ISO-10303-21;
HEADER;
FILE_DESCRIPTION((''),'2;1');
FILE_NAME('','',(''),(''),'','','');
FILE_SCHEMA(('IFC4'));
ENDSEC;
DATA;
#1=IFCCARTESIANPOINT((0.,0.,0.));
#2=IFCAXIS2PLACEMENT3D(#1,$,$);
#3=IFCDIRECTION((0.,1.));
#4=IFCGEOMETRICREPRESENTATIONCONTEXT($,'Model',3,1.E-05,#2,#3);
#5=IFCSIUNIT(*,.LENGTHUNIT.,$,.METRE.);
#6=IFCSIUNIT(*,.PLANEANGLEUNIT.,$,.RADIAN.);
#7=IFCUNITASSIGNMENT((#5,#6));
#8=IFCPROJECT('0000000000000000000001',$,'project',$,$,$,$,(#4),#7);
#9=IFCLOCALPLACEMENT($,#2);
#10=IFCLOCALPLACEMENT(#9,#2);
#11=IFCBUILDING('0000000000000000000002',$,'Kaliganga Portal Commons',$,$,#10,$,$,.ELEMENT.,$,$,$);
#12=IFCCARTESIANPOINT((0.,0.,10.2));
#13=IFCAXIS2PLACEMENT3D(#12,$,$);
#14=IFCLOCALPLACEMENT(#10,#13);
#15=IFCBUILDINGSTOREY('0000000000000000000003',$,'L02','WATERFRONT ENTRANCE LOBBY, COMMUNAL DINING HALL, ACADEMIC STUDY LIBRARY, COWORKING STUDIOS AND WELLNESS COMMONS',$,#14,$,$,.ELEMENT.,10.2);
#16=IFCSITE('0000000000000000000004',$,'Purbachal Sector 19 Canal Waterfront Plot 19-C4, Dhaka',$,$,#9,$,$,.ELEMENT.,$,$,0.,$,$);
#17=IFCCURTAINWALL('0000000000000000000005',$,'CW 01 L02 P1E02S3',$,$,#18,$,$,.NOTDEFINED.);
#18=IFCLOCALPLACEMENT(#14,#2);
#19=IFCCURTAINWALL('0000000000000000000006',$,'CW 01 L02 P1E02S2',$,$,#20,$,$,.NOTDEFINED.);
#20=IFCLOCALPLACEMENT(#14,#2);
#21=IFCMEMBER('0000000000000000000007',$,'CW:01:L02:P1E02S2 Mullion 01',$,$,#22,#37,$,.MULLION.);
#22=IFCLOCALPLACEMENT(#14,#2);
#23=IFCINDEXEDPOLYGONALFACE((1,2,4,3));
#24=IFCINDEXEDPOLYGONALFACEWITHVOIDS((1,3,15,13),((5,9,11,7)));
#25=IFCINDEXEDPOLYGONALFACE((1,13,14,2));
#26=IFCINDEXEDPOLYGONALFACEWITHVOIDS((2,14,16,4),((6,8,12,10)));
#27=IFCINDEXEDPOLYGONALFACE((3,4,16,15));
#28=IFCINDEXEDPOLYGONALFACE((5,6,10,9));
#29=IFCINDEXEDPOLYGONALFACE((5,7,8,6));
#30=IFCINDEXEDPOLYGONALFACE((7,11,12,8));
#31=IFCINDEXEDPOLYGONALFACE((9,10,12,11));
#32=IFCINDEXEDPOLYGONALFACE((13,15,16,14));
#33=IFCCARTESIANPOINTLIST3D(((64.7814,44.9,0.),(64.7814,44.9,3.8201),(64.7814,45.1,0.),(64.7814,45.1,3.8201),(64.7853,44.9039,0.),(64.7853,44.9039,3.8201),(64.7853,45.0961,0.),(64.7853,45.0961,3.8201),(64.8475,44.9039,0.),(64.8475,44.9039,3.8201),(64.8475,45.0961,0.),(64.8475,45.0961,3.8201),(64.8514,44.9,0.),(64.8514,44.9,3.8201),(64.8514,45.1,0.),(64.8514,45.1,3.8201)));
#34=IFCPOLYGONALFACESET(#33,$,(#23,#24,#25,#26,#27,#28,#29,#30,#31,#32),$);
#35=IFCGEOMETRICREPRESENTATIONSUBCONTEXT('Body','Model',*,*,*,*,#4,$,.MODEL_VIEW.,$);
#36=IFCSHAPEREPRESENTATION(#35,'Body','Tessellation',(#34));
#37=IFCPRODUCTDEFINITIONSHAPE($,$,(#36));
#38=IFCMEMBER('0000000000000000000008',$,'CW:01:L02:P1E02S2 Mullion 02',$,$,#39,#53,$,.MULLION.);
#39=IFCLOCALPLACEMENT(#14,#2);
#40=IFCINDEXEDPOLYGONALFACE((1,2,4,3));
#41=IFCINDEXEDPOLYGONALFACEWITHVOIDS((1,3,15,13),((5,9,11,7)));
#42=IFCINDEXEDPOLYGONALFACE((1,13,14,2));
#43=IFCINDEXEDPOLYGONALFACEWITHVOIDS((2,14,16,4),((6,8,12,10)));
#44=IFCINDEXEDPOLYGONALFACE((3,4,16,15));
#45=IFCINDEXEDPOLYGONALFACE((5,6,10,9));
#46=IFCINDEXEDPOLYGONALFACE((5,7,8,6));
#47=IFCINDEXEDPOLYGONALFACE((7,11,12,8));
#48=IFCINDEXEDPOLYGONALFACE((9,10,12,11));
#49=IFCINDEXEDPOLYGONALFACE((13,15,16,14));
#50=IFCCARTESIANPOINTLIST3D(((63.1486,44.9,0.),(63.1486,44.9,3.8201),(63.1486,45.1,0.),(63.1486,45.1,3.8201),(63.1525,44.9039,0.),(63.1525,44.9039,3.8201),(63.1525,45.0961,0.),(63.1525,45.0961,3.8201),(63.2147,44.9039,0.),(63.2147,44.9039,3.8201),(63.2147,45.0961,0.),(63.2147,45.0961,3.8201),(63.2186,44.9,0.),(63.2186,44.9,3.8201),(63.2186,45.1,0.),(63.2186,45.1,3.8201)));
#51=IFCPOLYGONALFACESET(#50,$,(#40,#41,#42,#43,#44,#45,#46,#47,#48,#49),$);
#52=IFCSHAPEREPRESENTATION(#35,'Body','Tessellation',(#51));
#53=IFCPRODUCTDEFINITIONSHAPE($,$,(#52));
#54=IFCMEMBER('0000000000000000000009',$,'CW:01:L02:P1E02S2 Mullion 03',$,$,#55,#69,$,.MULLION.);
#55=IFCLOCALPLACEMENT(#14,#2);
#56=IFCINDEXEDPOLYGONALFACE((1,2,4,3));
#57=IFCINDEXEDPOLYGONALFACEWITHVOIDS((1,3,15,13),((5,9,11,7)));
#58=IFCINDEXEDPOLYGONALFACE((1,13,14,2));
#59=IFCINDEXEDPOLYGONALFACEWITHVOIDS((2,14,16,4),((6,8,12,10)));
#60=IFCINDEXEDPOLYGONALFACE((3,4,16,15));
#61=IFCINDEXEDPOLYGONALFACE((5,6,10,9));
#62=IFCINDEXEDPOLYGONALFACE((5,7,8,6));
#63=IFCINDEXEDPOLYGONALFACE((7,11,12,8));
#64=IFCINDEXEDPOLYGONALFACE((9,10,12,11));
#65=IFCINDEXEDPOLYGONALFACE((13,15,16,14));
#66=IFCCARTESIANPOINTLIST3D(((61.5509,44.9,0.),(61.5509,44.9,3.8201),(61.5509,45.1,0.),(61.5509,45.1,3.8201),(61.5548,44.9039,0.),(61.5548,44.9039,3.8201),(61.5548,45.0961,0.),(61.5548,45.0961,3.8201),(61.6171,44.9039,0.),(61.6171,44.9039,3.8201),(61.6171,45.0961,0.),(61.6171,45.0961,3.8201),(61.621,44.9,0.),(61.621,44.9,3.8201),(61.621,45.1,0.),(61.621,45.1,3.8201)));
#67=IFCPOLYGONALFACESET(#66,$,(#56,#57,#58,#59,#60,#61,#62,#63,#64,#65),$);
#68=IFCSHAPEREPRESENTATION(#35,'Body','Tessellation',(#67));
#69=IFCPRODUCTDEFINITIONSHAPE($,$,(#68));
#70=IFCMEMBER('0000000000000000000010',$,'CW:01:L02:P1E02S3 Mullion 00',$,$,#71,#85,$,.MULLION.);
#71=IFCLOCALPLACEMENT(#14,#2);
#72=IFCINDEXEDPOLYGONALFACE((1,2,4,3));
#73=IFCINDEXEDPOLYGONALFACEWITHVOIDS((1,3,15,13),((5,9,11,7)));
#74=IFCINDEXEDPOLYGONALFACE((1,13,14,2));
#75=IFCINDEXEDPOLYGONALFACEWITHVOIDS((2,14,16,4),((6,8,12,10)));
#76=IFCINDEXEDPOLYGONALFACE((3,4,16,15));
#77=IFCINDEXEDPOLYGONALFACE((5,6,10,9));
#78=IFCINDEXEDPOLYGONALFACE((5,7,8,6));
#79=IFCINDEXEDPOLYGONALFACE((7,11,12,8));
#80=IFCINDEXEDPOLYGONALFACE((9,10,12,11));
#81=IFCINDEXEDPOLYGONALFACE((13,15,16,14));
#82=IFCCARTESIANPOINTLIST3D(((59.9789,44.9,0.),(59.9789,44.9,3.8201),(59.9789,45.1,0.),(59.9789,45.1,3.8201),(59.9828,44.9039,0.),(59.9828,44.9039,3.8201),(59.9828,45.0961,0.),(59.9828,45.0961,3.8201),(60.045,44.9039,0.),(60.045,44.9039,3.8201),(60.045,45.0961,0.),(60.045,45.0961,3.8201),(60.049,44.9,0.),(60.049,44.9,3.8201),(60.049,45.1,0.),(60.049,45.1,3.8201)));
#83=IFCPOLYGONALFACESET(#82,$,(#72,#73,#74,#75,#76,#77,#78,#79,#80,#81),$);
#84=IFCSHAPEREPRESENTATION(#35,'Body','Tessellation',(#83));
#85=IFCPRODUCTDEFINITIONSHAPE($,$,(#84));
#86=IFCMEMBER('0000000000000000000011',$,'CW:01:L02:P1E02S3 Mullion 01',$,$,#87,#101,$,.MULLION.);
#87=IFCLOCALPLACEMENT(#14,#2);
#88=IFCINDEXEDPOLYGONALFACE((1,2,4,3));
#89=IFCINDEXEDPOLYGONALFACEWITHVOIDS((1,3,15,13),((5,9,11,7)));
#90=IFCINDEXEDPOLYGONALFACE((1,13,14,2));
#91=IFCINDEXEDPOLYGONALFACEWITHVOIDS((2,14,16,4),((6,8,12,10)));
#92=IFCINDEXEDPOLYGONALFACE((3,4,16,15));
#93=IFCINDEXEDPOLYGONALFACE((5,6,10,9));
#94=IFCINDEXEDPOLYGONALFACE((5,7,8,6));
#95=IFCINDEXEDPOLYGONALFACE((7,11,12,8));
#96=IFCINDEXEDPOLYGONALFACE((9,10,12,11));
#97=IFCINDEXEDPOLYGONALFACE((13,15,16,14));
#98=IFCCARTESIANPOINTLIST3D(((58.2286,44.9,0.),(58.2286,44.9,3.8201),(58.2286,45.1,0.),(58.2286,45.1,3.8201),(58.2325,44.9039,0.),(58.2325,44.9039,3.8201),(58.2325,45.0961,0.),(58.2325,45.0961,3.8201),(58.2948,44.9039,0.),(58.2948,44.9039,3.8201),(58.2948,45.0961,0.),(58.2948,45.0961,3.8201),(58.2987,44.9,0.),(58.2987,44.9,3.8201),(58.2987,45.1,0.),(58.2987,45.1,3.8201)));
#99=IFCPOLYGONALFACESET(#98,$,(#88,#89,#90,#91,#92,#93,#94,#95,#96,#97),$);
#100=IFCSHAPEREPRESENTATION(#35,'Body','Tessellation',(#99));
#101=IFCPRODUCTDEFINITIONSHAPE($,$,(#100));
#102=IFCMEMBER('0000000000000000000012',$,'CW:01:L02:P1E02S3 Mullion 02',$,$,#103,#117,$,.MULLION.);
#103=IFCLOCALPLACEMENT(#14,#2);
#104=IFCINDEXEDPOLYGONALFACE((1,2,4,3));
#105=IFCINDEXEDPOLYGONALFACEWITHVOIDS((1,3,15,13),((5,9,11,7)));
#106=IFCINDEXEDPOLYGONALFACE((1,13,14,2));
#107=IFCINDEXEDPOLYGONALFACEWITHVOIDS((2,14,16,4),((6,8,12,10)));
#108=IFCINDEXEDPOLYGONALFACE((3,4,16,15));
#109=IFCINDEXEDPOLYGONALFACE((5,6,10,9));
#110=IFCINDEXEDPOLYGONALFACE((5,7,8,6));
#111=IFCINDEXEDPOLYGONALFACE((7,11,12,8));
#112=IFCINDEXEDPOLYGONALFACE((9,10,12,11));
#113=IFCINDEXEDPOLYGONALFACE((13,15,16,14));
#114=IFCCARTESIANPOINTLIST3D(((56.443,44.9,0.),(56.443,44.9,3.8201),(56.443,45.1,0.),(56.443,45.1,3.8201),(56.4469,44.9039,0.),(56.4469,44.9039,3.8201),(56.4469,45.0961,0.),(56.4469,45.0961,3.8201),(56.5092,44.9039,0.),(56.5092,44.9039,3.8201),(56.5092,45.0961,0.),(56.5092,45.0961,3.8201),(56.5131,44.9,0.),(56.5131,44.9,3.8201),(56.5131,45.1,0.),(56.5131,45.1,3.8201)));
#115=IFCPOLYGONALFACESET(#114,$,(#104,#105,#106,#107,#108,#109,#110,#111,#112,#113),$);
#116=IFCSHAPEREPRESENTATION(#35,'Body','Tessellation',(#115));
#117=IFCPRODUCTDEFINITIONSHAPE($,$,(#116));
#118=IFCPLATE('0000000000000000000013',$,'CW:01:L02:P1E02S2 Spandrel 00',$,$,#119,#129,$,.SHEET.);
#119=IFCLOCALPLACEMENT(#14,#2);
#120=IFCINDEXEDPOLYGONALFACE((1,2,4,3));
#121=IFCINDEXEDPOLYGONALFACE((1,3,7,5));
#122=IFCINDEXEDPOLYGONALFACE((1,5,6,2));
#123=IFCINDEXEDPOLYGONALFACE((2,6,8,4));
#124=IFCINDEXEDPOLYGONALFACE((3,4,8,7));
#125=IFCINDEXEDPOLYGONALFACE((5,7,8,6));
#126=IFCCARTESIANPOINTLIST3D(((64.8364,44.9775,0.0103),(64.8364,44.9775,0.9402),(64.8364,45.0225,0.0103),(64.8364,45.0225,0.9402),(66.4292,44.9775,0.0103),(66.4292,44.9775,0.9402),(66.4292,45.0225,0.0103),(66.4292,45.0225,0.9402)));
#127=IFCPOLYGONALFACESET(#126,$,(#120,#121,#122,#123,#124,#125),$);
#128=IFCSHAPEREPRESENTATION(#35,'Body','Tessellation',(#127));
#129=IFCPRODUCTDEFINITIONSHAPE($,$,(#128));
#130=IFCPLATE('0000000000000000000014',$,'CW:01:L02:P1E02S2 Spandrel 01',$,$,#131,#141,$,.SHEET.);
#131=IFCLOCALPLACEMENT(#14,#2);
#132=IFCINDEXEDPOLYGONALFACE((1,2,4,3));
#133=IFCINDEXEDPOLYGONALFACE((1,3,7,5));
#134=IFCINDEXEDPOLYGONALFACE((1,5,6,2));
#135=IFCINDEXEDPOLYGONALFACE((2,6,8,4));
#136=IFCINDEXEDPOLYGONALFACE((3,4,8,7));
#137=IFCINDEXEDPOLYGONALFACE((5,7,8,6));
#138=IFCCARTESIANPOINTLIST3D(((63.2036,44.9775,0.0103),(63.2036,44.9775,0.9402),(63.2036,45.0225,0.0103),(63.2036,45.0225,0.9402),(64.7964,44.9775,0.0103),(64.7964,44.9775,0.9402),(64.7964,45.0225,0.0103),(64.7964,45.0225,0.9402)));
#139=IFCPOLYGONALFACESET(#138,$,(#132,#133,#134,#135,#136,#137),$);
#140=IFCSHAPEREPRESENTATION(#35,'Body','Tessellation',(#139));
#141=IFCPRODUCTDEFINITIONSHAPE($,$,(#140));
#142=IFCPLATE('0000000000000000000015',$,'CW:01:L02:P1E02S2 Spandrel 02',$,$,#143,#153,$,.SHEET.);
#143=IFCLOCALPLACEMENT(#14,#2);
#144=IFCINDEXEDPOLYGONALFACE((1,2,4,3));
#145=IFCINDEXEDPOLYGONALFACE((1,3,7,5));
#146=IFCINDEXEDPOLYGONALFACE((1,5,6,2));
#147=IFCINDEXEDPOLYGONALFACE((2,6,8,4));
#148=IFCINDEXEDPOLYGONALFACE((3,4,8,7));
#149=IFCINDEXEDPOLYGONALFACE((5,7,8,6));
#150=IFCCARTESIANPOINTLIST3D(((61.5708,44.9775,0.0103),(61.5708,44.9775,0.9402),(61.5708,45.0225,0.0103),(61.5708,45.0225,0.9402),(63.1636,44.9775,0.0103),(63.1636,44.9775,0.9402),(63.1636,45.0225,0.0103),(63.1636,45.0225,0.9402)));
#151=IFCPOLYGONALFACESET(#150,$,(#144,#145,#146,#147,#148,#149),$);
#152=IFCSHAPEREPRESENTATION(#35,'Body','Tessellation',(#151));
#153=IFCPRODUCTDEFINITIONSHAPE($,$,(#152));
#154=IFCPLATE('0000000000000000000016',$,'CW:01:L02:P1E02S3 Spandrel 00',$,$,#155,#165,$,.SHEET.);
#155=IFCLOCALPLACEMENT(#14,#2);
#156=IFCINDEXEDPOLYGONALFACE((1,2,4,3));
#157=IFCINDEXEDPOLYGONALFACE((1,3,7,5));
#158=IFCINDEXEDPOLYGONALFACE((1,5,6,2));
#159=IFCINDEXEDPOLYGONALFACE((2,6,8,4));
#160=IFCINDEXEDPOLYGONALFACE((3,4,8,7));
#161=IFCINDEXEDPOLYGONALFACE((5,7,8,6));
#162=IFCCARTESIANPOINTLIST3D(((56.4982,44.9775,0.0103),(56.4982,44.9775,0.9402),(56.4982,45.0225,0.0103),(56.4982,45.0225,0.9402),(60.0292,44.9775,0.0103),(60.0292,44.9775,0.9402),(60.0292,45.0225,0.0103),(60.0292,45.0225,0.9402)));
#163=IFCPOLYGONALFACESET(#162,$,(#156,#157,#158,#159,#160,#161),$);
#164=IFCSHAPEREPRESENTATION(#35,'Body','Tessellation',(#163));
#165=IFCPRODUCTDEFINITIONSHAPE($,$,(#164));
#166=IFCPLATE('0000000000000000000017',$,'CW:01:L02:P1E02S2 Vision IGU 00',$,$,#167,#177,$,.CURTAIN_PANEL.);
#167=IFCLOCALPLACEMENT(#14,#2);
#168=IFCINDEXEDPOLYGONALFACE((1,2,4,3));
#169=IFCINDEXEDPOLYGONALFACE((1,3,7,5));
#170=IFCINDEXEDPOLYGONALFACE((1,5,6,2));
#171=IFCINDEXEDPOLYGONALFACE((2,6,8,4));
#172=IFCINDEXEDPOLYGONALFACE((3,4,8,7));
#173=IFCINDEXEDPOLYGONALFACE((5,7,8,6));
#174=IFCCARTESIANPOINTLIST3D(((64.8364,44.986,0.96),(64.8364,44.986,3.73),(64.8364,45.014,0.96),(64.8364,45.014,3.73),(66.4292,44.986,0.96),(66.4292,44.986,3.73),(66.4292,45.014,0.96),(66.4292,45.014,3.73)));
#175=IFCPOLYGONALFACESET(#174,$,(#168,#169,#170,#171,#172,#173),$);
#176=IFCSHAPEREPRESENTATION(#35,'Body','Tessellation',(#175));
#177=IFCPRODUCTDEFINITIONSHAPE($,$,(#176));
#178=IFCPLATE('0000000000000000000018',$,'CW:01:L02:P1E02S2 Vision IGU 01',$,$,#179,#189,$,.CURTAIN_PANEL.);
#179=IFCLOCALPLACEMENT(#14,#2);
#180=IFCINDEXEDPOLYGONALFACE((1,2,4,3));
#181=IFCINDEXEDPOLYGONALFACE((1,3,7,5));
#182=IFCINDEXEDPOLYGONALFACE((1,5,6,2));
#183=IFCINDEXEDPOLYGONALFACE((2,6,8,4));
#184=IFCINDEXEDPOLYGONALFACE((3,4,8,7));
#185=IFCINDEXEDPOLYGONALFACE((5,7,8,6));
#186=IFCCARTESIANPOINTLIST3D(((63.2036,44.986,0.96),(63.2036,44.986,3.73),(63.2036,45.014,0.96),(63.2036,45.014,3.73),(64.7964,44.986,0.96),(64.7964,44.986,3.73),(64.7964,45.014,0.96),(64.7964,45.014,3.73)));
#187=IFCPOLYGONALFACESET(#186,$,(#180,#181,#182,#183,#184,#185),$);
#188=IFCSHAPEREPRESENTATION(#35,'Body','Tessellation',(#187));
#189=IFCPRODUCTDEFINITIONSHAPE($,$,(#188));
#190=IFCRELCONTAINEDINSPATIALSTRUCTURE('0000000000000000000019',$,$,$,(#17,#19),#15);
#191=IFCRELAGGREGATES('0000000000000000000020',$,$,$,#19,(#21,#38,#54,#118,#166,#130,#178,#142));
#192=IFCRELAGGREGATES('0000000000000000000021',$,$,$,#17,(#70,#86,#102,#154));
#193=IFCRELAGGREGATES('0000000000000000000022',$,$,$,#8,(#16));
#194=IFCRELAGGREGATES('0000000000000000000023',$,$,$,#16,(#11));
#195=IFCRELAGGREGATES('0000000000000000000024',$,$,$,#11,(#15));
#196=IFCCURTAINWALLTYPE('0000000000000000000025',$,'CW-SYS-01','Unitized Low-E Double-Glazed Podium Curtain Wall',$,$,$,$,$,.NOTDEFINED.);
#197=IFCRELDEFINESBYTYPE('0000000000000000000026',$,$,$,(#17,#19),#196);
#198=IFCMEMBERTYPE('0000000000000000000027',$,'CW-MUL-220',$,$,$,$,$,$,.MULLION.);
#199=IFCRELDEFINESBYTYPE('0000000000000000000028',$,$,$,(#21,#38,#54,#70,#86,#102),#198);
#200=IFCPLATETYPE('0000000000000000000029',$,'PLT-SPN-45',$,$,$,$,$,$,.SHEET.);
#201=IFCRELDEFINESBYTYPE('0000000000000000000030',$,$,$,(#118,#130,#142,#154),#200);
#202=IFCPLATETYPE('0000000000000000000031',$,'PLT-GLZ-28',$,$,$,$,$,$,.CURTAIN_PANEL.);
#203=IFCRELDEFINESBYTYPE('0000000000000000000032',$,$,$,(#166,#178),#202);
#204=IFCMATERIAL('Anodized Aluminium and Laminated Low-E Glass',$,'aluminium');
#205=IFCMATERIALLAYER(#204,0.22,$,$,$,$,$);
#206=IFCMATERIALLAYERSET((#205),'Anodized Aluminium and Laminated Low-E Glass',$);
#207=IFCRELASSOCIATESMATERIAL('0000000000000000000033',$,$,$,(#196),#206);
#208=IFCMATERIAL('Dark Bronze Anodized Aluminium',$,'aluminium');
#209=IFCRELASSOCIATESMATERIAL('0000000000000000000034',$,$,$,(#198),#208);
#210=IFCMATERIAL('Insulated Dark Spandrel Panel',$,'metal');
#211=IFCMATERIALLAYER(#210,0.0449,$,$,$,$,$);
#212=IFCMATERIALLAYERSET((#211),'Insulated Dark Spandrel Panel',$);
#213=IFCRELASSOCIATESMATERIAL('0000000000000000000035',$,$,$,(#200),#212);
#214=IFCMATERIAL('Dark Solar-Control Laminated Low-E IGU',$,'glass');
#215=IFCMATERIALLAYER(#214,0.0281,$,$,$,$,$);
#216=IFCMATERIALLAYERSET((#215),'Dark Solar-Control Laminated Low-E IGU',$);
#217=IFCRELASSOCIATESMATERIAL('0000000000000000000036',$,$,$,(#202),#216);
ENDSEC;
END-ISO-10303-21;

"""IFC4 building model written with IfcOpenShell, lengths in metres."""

from ifc_helpers import new_model, si_unit, direction, frame, origin, origin_2d, place, context, subcontext, project, spatial, rectangle, hollow_rectangle, extrude, source, transform, mapped, material, layer, layer_set, material_profile, profile_set, type_object, element, aggregate, save


model = new_model("IFC4")

# Units and contexts
model_context = context("Model", 3, precision=1e-05, world=origin(), true_north=direction((0.0, 1.0)))
body_context = subcontext(model_context, "Body", "Model", "MODEL_VIEW")
ifc_project = project(units=[si_unit("LENGTHUNIT", "METRE"), si_unit("PLANEANGLEUNIT", "RADIAN")], contexts=[model_context])

# Site, building, storey
site_placement = place(None, origin())
site = spatial("IfcSite", under=ifc_project, at=site_placement, Name="Purbachal Sector 19 Canal Waterfront Plot 19-C4, Dhaka", CompositionType="ELEMENT", RefElevation=0.0)
building_placement = place(site_placement, origin())
building = spatial("IfcBuilding", under=site, at=building_placement, Name="Kaliganga Portal Commons", CompositionType="ELEMENT")
storey_placement = place(building_placement, frame((0.0, 0.0, 10.2)))
storey = spatial("IfcBuildingStorey", under=building, at=storey_placement, Name="L02", Description="WATERFRONT ENTRANCE LOBBY, COMMUNAL DINING HALL, ACADEMIC STUDY LIBRARY, COWORKING STUDIOS AND WELLNESS COMMONS", CompositionType="ELEMENT", Elevation=10.2)

# Curtain walls, members
ifc_material_1 = material(Name="Anodized Aluminium and Laminated Low-E Glass", Category="aluminium")
ifc_layer_1 = layer(ifc_material_1, 0.22)
ifc_layer_set_1 = layer_set([ifc_layer_1], Name="Anodized Aluminium and Laminated Low-E Glass")
curtain_wall_type = type_object("IfcCurtainWallType", Name="CW-SYS-01", Description="Unitized Low-E Double-Glazed Podium Curtain Wall", PredefinedType="NOTDEFINED", material=ifc_layer_set_1)
curtain_wall_1_placement = place(storey_placement, origin())
curtain_wall_1 = element("IfcCurtainWall", 1, at=curtain_wall_1_placement, inside=storey, type_object=curtain_wall_type, Name="CW 01 L02 P1E02S3", PredefinedType="NOTDEFINED")
ifc_material_2 = material(Name="Dark Bronze Anodized Aluminium", Category="aluminium")
curtain_wall_2_placement = place(storey_placement, origin())
curtain_wall_2 = element("IfcCurtainWall", 2, at=curtain_wall_2_placement, inside=storey, type_object=curtain_wall_type, Name="CW 01 L02 P1E02S2", PredefinedType="NOTDEFINED")
ifc_material_profile_1 = material_profile(ifc_material_2, hollow_rectangle(XDim=0.0701, YDim=0.2, WallThickness=0.0039, at=origin_2d()), Name="ALU MULL 70x200x4")
ifc_profile_set_1 = profile_set([ifc_material_profile_1], Name="Dark Bronze Anodized Aluminium")
member_type_1 = type_object("IfcMemberType", Name="CW-MUL-220", PredefinedType="MULLION", material=ifc_profile_set_1)
shared_shape_1 = source(origin(), body_context, "Body", "SweptSolid", [
    extrude(hollow_rectangle(XDim=0.0701, YDim=0.2, WallThickness=0.0039, at=origin_2d()), origin(), (0.0, 0.0, 1.0), 3.8201),
])
member_1_placement = place(storey_placement, frame((64.8164, 45.0, 0.0), z_axis=(0.0, 0.0, 1.0), x_axis=(-1.0, 0.0, 0.0)))
member_1 = element("IfcMember", 3, at=member_1_placement, type_object=member_type_1, Name="CW:01:L02:P1E02S2 Mullion 01", PredefinedType="MULLION", context=body_context, shape_type="MappedRepresentation", body=[
    mapped(shared_shape_1, transform((0.0, 0.0, 0.0), x_axis=(1.0, 0.0, 0.0), y_axis=(0.0, 1.0, 0.0), z_axis=(0.0, 0.0, 1.0), scale=1.0)),
])
member_2_placement = place(storey_placement, frame((63.1836, 45.0, 0.0), z_axis=(0.0, 0.0, 1.0), x_axis=(-1.0, 0.0, 0.0)))
member_2 = element("IfcMember", 4, at=member_2_placement, type_object=member_type_1, Name="CW:01:L02:P1E02S2 Mullion 02", PredefinedType="MULLION", context=body_context, shape_type="MappedRepresentation", body=[
    mapped(shared_shape_1, transform((0.0, 0.0, 0.0), x_axis=(1.0, 0.0, 0.0), y_axis=(0.0, 1.0, 0.0), z_axis=(0.0, 0.0, 1.0), scale=1.0)),
])
member_3_placement = place(storey_placement, frame((61.5859, 45.0, 0.0), z_axis=(0.0, 0.0, 1.0), x_axis=(-1.0, 0.0, 0.0)))
member_3 = element("IfcMember", 5, at=member_3_placement, type_object=member_type_1, Name="CW:01:L02:P1E02S2 Mullion 03", PredefinedType="MULLION", context=body_context, shape_type="MappedRepresentation", body=[
    mapped(shared_shape_1, transform((0.0, 0.0, 0.0), x_axis=(1.0, 0.0, 0.0), y_axis=(0.0, 1.0, 0.0), z_axis=(0.0, 0.0, 1.0), scale=1.0)),
])

# Members
member_4_placement = place(storey_placement, frame((60.0139, 45.0, 0.0), z_axis=(0.0, 0.0, 1.0), x_axis=(-1.0, 0.0, 0.0)))
member_4 = element("IfcMember", 6, at=member_4_placement, type_object=member_type_1, Name="CW:01:L02:P1E02S3 Mullion 00", PredefinedType="MULLION", context=body_context, shape_type="MappedRepresentation", body=[
    mapped(shared_shape_1, transform((0.0, 0.0, 0.0), x_axis=(1.0, 0.0, 0.0), y_axis=(0.0, 1.0, 0.0), z_axis=(0.0, 0.0, 1.0), scale=1.0)),
])
member_5_placement = place(storey_placement, frame((58.2637, 45.0, 0.0), z_axis=(0.0, 0.0, 1.0), x_axis=(-1.0, 0.0, 0.0)))
member_5 = element("IfcMember", 7, at=member_5_placement, type_object=member_type_1, Name="CW:01:L02:P1E02S3 Mullion 01", PredefinedType="MULLION", context=body_context, shape_type="MappedRepresentation", body=[
    mapped(shared_shape_1, transform((0.0, 0.0, 0.0), x_axis=(1.0, 0.0, 0.0), y_axis=(0.0, 1.0, 0.0), z_axis=(0.0, 0.0, 1.0), scale=1.0)),
])
member_6_placement = place(storey_placement, frame((56.478, 45.0, 0.0), z_axis=(0.0, 0.0, 1.0), x_axis=(-1.0, 0.0, 0.0)))
member_6 = element("IfcMember", 8, at=member_6_placement, type_object=member_type_1, Name="CW:01:L02:P1E02S3 Mullion 02", PredefinedType="MULLION", context=body_context, shape_type="MappedRepresentation", body=[
    mapped(shared_shape_1, transform((0.0, 0.0, 0.0), x_axis=(1.0, 0.0, 0.0), y_axis=(0.0, 1.0, 0.0), z_axis=(0.0, 0.0, 1.0), scale=1.0)),
])

# Plates
ifc_material_3 = material(Name="Insulated Dark Spandrel Panel", Category="metal")
ifc_layer_2 = layer(ifc_material_3, 0.0449)
ifc_layer_set_2 = layer_set([ifc_layer_2], Name="Insulated Dark Spandrel Panel")
plate_type_1 = type_object("IfcPlateType", Name="PLT-SPN-45", PredefinedType="SHEET", material=ifc_layer_set_2)
shared_shape_2 = source(origin(), body_context, "Body", "SweptSolid", [
    extrude(rectangle(XDim=1.5928, YDim=0.0449, at=origin_2d()), origin(), (0.0, 0.0, 1.0), 0.9299),
])
plate_1_placement = place(storey_placement, frame((65.6328, 45.0, 0.0103), z_axis=(0.0, 0.0, 1.0), x_axis=(-1.0, 0.0, 0.0)))
plate_1 = element("IfcPlate", 9, at=plate_1_placement, type_object=plate_type_1, Name="CW:01:L02:P1E02S2 Spandrel 00", PredefinedType="SHEET", context=body_context, shape_type="MappedRepresentation", body=[
    mapped(shared_shape_2, transform((0.0, 0.0, 0.0), x_axis=(1.0, 0.0, 0.0), y_axis=(0.0, 1.0, 0.0), z_axis=(0.0, 0.0, 1.0), scale=1.0)),
])
plate_2_placement = place(storey_placement, frame((64.0, 45.0, 0.0103), z_axis=(0.0, 0.0, 1.0), x_axis=(-1.0, 0.0, 0.0)))
plate_2 = element("IfcPlate", 10, at=plate_2_placement, type_object=plate_type_1, Name="CW:01:L02:P1E02S2 Spandrel 01", PredefinedType="SHEET", context=body_context, shape_type="MappedRepresentation", body=[
    mapped(shared_shape_2, transform((0.0, 0.0, 0.0), x_axis=(1.0, 0.0, 0.0), y_axis=(0.0, 1.0, 0.0), z_axis=(0.0, 0.0, 1.0), scale=1.0)),
])
plate_3_placement = place(storey_placement, frame((62.3672, 45.0, 0.0103), z_axis=(0.0, 0.0, 1.0), x_axis=(-1.0, 0.0, 0.0)))
plate_3 = element("IfcPlate", 11, at=plate_3_placement, type_object=plate_type_1, Name="CW:01:L02:P1E02S2 Spandrel 02", PredefinedType="SHEET", context=body_context, shape_type="MappedRepresentation", body=[
    mapped(shared_shape_2, transform((0.0, 0.0, 0.0), x_axis=(1.0, 0.0, 0.0), y_axis=(0.0, 1.0, 0.0), z_axis=(0.0, 0.0, 1.0), scale=1.0)),
])
shared_shape_3 = source(origin(), body_context, "Body", "SweptSolid", [
    extrude(rectangle(XDim=3.531, YDim=0.0449, at=origin_2d()), origin(), (0.0, 0.0, 1.0), 0.9299),
])
plate_4_placement = place(storey_placement, frame((58.2637, 45.0, 0.0103), z_axis=(0.0, 0.0, 1.0), x_axis=(-1.0, 0.0, 0.0)))
plate_4 = element("IfcPlate", 12, at=plate_4_placement, type_object=plate_type_1, Name="CW:01:L02:P1E02S3 Spandrel 00", PredefinedType="SHEET", context=body_context, shape_type="MappedRepresentation", body=[
    mapped(shared_shape_3, transform((0.0, 0.0, 0.0), x_axis=(1.0, 0.0, 0.0), y_axis=(0.0, 1.0, 0.0), z_axis=(0.0, 0.0, 1.0), scale=1.0)),
])
ifc_material_4 = material(Name="Dark Solar-Control Laminated Low-E IGU", Category="glass")
ifc_layer_3 = layer(ifc_material_4, 0.0281)
ifc_layer_set_3 = layer_set([ifc_layer_3], Name="Dark Solar-Control Laminated Low-E IGU")
plate_type_2 = type_object("IfcPlateType", Name="PLT-GLZ-28", PredefinedType="CURTAIN_PANEL", material=ifc_layer_set_3)
shared_shape_4 = source(origin(), body_context, "Body", "SweptSolid", [
    extrude(rectangle(XDim=1.5928, YDim=0.0281, at=origin_2d()), origin(), (0.0, 0.0, 1.0), 2.77),
])
plate_5_placement = place(storey_placement, frame((65.6328, 45.0, 0.96), z_axis=(0.0, 0.0, 1.0), x_axis=(-1.0, 0.0, 0.0)))
plate_5 = element("IfcPlate", 13, at=plate_5_placement, type_object=plate_type_2, Name="CW:01:L02:P1E02S2 Vision IGU 00", PredefinedType="CURTAIN_PANEL", context=body_context, shape_type="MappedRepresentation", body=[
    mapped(shared_shape_4, transform((0.0, 0.0, 0.0), x_axis=(1.0, 0.0, 0.0), y_axis=(0.0, 1.0, 0.0), z_axis=(0.0, 0.0, 1.0), scale=1.0)),
])
plate_6_placement = place(storey_placement, frame((64.0, 45.0, 0.96), z_axis=(0.0, 0.0, 1.0), x_axis=(-1.0, 0.0, 0.0)))
plate_6 = element("IfcPlate", 14, at=plate_6_placement, type_object=plate_type_2, Name="CW:01:L02:P1E02S2 Vision IGU 01", PredefinedType="CURTAIN_PANEL", context=body_context, shape_type="MappedRepresentation", body=[
    mapped(shared_shape_4, transform((0.0, 0.0, 0.0), x_axis=(1.0, 0.0, 0.0), y_axis=(0.0, 1.0, 0.0), z_axis=(0.0, 0.0, 1.0), scale=1.0)),
])
aggregate(curtain_wall_2, [member_1, member_2, member_3, plate_1, plate_5, plate_2, plate_6, plate_3])
aggregate(curtain_wall_1, [member_4, member_5, member_6, plate_4])

save(model, "model.ifc")
